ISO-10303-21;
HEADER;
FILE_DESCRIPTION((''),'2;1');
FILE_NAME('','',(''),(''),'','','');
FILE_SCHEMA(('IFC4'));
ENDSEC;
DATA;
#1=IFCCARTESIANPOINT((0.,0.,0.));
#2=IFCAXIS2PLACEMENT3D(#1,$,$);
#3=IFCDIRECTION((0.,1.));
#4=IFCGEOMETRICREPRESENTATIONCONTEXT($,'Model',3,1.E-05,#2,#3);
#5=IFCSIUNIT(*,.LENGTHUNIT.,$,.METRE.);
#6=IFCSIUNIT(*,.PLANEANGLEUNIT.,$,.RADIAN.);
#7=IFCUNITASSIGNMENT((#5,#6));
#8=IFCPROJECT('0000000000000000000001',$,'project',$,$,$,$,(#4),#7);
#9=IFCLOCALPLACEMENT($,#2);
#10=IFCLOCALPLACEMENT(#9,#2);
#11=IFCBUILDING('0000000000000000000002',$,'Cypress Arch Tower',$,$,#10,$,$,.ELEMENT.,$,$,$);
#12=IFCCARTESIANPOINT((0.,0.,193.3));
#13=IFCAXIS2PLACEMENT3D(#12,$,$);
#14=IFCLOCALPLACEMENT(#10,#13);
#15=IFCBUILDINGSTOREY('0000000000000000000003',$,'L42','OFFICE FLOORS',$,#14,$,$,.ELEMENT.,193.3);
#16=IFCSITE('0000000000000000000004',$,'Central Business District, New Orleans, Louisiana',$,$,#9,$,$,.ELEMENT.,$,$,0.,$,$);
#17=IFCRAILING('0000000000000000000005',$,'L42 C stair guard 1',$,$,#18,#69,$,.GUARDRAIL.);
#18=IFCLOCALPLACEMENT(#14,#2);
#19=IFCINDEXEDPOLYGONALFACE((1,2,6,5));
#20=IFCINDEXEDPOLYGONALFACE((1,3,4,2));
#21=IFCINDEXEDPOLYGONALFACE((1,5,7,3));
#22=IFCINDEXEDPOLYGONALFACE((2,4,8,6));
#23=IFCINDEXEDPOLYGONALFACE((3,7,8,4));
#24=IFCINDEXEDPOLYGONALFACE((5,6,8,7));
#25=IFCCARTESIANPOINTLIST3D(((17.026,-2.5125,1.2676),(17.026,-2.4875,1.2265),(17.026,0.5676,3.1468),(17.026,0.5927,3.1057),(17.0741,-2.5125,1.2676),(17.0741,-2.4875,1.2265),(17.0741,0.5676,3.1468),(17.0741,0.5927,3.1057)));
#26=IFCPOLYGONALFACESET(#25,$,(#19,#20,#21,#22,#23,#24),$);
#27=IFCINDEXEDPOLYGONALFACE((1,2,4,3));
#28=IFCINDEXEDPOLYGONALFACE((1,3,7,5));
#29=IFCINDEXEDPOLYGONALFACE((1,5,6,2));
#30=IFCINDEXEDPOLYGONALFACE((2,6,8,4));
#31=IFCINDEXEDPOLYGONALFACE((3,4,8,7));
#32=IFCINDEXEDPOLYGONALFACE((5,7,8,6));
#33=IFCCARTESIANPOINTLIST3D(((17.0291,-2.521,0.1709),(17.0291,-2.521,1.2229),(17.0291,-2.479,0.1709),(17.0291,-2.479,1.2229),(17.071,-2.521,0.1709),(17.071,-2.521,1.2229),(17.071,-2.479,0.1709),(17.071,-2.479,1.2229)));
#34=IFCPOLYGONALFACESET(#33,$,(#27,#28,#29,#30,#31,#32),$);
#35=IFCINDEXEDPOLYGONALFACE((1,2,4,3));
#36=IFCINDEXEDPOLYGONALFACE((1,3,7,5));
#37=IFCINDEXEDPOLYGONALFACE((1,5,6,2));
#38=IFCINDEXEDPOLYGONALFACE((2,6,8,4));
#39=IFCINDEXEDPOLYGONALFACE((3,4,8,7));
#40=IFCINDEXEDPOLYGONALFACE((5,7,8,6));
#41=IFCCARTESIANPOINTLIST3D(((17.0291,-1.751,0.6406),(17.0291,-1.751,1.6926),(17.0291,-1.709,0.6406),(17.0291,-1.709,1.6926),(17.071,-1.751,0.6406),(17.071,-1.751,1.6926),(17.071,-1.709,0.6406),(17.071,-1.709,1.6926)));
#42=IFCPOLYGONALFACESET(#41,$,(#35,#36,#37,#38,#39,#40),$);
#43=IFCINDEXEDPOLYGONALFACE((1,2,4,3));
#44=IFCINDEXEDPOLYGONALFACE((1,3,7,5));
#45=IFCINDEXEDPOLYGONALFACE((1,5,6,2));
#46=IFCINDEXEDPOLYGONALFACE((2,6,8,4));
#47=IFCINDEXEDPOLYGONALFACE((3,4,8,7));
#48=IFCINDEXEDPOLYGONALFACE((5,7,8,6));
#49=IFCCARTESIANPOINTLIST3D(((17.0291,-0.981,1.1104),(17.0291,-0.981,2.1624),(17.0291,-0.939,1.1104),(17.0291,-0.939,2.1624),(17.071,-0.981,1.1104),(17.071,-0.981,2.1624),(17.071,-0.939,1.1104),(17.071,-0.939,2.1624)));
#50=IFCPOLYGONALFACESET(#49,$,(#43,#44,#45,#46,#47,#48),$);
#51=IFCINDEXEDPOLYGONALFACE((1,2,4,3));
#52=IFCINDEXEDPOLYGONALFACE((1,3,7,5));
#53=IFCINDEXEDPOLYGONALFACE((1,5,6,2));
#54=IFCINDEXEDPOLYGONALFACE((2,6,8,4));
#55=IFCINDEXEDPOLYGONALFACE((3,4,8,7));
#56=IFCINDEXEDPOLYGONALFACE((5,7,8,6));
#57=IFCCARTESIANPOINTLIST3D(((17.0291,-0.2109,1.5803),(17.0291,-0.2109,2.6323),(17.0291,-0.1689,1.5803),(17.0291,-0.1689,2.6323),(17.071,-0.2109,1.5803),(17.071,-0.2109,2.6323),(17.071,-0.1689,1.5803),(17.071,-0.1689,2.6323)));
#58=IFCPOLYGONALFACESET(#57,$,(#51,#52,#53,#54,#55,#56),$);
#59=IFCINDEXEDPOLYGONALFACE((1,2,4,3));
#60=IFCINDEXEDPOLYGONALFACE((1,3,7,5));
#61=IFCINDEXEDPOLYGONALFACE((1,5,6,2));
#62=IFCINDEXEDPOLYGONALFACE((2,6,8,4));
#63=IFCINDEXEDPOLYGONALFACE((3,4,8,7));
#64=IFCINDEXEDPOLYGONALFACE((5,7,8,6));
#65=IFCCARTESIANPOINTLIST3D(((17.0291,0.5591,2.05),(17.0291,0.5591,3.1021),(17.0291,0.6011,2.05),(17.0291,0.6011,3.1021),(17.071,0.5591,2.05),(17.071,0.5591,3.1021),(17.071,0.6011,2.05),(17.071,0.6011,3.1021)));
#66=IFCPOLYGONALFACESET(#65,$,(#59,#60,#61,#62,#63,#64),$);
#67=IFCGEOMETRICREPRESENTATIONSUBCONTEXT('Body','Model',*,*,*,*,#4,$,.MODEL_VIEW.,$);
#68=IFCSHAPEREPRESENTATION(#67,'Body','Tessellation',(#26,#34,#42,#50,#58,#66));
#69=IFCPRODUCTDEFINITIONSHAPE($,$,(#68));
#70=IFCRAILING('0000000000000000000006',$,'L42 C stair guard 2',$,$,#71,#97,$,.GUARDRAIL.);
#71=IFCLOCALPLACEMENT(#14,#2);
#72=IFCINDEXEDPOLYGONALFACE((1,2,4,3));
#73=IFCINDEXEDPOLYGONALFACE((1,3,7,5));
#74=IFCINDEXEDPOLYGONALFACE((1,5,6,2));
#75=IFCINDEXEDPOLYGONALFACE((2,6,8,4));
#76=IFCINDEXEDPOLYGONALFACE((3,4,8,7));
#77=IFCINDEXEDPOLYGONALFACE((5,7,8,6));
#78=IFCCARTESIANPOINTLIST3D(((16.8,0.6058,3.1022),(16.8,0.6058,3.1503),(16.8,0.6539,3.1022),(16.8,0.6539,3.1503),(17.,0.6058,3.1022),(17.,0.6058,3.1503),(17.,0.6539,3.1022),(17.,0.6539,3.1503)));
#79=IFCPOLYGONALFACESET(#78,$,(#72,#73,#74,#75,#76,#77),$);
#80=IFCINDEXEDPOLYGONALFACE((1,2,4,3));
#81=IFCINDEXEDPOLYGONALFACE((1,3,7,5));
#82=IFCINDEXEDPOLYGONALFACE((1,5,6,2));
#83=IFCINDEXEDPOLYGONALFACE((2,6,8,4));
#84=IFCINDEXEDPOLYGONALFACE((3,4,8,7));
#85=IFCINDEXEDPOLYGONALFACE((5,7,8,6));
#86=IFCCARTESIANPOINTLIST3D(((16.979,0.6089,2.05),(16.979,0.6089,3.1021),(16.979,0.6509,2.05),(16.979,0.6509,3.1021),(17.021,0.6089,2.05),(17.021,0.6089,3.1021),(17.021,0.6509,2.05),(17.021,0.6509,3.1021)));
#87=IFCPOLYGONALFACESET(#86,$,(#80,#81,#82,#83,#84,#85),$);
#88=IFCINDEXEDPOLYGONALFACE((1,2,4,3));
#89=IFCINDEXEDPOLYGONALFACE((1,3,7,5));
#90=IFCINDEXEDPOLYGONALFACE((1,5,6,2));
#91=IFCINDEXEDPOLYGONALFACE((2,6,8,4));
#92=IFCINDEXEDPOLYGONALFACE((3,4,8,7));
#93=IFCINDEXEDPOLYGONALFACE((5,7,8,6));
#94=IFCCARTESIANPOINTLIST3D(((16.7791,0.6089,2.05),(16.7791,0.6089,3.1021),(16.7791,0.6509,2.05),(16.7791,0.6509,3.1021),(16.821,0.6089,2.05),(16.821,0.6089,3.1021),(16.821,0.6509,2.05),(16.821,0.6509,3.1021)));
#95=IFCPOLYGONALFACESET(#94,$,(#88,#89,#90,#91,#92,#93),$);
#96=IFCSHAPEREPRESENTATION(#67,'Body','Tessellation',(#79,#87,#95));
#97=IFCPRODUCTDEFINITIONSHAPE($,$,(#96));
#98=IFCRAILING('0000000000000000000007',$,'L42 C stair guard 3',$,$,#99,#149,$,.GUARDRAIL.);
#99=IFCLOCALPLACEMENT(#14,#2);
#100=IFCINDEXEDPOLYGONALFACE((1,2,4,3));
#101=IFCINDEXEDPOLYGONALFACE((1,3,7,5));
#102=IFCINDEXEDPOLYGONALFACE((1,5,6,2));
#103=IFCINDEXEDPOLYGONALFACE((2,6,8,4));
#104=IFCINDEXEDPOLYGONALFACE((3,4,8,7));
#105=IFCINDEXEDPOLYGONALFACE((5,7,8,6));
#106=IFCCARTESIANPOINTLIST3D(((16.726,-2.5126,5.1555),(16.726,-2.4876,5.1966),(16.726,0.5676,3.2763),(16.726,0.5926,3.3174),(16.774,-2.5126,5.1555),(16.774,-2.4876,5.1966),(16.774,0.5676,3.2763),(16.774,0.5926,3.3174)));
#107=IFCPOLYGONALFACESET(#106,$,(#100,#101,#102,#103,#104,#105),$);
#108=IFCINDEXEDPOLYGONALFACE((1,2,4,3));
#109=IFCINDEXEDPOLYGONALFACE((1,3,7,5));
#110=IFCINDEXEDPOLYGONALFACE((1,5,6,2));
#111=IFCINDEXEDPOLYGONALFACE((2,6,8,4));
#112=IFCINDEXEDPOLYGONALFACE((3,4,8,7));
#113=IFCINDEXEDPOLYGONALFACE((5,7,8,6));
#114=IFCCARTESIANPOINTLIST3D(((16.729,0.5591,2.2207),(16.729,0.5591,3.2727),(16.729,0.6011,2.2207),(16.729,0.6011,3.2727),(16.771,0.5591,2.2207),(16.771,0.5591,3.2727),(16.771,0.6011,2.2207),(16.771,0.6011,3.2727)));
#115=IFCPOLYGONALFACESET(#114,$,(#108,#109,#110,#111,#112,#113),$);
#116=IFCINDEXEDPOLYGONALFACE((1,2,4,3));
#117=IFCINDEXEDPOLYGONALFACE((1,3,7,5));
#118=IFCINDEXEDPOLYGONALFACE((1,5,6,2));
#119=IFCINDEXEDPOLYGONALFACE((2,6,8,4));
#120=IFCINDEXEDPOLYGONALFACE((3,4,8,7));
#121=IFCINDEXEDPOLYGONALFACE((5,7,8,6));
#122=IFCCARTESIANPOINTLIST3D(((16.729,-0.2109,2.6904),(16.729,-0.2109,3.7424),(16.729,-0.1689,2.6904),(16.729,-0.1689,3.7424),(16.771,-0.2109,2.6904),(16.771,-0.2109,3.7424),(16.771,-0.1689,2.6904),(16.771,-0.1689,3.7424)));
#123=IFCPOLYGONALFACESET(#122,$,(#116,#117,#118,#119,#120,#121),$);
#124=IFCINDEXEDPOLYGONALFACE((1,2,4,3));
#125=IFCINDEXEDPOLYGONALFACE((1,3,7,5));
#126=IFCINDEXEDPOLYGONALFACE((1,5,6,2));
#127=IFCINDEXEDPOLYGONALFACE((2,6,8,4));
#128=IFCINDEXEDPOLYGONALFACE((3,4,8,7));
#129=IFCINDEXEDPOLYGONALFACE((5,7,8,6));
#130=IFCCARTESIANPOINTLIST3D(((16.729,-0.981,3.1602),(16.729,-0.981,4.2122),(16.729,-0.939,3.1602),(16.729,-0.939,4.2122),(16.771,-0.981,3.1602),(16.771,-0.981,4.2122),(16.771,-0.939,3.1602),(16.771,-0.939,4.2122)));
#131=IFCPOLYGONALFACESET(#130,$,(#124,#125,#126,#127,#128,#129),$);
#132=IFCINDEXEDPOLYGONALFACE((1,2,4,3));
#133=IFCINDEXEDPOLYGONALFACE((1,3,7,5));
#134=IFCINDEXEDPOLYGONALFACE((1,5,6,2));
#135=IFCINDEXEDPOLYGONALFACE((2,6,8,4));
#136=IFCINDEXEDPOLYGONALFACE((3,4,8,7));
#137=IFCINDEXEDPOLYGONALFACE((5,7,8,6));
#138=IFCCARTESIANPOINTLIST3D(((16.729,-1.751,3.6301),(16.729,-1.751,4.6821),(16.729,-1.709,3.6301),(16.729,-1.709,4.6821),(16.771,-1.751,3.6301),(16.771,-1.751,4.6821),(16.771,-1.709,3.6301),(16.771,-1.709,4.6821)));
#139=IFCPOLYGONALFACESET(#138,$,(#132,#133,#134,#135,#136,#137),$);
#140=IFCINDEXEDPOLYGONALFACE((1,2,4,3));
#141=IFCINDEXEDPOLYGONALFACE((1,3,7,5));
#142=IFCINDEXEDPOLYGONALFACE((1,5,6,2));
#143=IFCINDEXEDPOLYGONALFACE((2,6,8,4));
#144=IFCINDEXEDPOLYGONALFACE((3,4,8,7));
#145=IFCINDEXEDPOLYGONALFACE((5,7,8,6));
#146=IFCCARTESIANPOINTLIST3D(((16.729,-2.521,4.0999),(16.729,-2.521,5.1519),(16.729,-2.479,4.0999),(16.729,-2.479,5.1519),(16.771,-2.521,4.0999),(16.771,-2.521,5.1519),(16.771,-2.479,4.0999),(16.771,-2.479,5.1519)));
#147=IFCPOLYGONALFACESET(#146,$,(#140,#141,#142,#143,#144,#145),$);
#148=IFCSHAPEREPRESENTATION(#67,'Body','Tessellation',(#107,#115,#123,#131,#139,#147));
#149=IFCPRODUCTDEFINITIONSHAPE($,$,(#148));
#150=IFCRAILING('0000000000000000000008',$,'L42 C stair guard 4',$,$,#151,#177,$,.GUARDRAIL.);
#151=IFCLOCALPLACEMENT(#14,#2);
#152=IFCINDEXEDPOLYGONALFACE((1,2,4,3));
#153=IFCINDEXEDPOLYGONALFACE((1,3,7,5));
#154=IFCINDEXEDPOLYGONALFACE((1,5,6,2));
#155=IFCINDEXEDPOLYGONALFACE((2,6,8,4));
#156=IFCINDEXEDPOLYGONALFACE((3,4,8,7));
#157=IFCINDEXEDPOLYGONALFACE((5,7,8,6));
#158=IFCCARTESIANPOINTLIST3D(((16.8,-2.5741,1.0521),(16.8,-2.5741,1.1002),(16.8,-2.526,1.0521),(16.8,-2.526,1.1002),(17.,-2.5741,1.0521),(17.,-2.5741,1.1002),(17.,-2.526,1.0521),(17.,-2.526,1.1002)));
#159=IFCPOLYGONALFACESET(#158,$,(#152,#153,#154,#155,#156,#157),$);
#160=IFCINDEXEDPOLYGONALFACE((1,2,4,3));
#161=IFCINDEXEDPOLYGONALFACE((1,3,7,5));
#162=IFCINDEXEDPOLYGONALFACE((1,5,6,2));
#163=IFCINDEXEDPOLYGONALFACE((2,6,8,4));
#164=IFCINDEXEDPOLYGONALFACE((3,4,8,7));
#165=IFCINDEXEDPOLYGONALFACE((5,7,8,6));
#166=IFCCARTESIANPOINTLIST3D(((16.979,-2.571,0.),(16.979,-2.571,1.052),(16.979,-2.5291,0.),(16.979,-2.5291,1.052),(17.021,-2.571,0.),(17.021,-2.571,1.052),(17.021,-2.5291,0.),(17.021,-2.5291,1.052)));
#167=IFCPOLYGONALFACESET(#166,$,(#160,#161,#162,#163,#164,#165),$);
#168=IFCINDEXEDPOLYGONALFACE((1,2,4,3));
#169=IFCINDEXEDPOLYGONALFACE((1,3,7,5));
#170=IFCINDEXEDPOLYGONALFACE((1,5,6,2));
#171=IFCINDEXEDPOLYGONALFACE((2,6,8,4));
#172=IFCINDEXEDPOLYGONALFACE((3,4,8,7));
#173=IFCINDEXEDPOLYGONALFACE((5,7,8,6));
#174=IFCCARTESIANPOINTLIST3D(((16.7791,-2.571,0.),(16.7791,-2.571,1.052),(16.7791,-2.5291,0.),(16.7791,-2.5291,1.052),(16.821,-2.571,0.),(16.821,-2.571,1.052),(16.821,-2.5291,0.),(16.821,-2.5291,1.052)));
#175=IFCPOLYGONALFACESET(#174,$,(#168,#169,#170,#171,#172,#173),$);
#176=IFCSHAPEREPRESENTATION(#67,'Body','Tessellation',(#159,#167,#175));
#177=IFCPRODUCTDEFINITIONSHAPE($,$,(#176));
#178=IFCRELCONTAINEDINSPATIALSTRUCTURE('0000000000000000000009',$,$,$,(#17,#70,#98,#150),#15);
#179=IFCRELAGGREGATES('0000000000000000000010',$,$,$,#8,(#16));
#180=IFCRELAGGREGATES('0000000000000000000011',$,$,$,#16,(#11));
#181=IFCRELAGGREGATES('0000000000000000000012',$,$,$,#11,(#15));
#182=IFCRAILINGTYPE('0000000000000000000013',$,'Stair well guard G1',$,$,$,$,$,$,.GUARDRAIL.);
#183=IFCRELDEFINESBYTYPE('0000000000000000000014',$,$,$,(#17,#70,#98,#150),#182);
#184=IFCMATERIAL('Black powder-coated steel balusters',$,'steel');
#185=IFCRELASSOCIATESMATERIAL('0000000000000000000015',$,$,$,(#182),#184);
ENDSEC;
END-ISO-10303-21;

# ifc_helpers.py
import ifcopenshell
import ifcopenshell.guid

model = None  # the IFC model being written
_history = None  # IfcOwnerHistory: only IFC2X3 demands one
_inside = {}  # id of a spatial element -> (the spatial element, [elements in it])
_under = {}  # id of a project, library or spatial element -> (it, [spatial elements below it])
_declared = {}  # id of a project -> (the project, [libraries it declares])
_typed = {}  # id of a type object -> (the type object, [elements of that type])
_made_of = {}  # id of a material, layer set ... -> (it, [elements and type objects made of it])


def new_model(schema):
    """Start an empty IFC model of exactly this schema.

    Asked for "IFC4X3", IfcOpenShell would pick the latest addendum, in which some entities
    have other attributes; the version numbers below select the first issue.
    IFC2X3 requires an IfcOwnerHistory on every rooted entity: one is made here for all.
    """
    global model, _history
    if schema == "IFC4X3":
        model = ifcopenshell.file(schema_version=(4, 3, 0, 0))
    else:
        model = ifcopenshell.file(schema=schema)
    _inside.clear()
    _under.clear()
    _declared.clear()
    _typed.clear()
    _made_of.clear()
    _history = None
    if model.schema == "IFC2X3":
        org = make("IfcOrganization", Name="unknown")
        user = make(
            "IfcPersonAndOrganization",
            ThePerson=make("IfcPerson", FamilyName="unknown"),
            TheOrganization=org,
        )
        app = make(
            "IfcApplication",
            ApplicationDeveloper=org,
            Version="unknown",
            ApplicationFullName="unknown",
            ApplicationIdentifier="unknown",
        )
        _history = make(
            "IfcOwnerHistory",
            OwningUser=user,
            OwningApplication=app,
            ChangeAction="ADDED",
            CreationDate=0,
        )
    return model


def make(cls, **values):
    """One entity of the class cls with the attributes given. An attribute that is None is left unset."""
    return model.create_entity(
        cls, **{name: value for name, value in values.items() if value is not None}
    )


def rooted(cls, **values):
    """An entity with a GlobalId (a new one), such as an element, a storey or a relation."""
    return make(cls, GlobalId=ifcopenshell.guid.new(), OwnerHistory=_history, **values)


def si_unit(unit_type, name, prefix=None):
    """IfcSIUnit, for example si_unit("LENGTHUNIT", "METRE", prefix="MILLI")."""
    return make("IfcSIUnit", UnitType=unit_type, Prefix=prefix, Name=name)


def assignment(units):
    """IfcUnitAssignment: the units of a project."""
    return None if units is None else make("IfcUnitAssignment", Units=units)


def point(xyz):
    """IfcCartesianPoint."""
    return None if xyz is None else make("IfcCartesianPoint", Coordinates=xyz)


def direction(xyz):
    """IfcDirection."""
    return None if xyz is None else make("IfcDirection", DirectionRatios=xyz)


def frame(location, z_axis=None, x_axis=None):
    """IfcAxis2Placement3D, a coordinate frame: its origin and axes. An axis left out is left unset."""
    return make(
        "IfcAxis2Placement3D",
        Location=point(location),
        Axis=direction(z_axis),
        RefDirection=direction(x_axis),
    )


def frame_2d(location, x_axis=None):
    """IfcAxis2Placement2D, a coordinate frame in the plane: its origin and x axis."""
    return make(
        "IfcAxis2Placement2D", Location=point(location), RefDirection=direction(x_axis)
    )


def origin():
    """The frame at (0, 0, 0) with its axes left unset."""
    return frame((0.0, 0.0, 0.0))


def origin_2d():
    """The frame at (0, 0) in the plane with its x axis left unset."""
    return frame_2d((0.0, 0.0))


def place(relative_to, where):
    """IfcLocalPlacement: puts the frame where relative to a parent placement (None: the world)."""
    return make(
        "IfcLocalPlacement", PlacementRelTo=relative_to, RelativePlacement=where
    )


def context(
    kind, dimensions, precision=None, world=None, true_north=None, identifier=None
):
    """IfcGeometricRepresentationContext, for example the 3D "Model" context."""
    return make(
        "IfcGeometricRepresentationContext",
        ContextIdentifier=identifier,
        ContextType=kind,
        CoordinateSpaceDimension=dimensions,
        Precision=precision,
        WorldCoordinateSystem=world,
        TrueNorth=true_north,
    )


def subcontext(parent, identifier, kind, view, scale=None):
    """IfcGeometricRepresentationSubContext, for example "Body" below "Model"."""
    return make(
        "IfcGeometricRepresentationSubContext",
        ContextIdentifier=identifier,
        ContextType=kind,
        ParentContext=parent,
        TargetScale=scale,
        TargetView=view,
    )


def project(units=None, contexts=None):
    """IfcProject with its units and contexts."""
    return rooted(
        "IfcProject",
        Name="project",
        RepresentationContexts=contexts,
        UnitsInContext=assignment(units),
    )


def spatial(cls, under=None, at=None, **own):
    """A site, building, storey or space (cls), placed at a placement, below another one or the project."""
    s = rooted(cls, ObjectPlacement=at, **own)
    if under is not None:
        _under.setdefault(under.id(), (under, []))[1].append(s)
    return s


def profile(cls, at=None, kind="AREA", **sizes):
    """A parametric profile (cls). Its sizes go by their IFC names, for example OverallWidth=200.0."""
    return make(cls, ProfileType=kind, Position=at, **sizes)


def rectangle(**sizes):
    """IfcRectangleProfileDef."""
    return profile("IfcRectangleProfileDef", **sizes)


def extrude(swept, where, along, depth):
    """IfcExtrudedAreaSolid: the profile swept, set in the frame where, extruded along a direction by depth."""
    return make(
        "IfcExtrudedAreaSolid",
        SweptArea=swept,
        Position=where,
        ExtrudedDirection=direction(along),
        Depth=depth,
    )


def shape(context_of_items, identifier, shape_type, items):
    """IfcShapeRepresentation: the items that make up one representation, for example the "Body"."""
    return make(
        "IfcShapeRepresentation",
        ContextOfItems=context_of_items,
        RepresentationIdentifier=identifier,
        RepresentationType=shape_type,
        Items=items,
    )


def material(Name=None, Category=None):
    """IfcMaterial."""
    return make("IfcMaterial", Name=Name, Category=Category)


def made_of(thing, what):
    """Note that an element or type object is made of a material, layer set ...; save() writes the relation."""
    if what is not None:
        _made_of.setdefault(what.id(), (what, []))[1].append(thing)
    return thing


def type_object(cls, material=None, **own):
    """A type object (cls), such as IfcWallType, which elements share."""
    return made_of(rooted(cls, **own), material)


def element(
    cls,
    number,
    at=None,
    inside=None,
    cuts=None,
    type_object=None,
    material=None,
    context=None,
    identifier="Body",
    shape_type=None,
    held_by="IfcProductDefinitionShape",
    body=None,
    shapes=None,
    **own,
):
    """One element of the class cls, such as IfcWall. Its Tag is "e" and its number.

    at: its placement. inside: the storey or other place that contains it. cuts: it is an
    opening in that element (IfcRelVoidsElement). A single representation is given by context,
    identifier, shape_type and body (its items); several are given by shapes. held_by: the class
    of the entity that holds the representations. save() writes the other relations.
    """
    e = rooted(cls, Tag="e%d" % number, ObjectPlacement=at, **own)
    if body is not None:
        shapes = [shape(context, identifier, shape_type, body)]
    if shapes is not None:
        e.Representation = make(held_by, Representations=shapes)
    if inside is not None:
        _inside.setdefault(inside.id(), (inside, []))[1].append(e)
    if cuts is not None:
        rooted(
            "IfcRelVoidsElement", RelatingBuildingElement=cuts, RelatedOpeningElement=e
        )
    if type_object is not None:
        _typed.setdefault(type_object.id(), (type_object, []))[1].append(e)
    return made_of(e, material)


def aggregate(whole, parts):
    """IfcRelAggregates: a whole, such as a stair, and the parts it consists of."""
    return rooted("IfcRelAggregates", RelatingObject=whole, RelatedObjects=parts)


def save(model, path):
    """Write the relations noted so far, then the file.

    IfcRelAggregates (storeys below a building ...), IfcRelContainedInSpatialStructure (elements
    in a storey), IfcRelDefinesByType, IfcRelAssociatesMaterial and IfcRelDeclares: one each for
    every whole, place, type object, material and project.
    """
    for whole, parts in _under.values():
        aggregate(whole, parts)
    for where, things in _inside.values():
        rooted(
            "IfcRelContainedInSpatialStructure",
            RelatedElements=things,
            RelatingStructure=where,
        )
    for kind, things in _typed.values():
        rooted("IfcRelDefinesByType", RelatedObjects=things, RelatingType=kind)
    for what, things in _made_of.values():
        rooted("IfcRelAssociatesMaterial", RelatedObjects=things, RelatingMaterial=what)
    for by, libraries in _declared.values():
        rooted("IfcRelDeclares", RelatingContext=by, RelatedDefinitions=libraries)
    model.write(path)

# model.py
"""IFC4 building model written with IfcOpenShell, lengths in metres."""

from ifc_helpers import new_model, si_unit, direction, frame, origin, origin_2d, place, context, subcontext, project, spatial, rectangle, extrude, material, type_object, element, save


model = new_model("IFC4")

# Units and contexts
model_context = context("Model", 3, precision=1e-05, world=origin(), true_north=direction((0.0, 1.0)))
body_context = subcontext(model_context, "Body", "Model", "MODEL_VIEW")
ifc_project = project(units=[si_unit("LENGTHUNIT", "METRE"), si_unit("PLANEANGLEUNIT", "RADIAN")], contexts=[model_context])

# Site, building, storey
site_placement = place(None, origin())
site = spatial("IfcSite", under=ifc_project, at=site_placement, Name="Central Business District, New Orleans, Louisiana", CompositionType="ELEMENT", RefElevation=0.0)
building_placement = place(site_placement, origin())
building = spatial("IfcBuilding", under=site, at=building_placement, Name="Cypress Arch Tower", CompositionType="ELEMENT")
storey_placement = place(building_placement, frame((0.0, 0.0, 193.3)))
storey = spatial("IfcBuildingStorey", under=building, at=storey_placement, Name="L42", Description="OFFICE FLOORS", CompositionType="ELEMENT", Elevation=193.3)

# Railings
ifc_material_1 = material(Name="Black powder-coated steel balusters", Category="steel")
railing_type_1 = type_object("IfcRailingType", Name="Stair well guard G1", PredefinedType="GUARDRAIL", material=ifc_material_1)
railing_1_placement = place(storey_placement, frame((17.05, -2.5, 0.1709)))
element("IfcRailing", 1, at=railing_1_placement, inside=storey, type_object=railing_type_1, Name="L42 C stair guard 1", PredefinedType="GUARDRAIL", context=body_context, shape_type="SweptSolid", body=[
    extrude(rectangle(XDim=0.0481, YDim=0.0481, at=origin_2d()), frame((0.0, 0.0, 1.0762), z_axis=(0.0, 0.853666, 0.52082), x_axis=(-1.0, 0.0, 0.0)), (0.0, 0.0, 1.0), 3.6082),
    extrude(rectangle(XDim=0.042, YDim=0.042, at=origin_2d()), origin(), (0.0, 0.0, 1.0), 1.052),
    extrude(rectangle(XDim=0.042, YDim=0.042, at=origin_2d()), frame((0.0, 0.77, 0.4697)), (0.0, 0.0, 1.0), 1.052),
    extrude(rectangle(XDim=0.042, YDim=0.042, at=origin_2d()), frame((0.0, 1.54, 0.9395)), (0.0, 0.0, 1.0), 1.052),
    extrude(rectangle(XDim=0.042, YDim=0.042, at=origin_2d()), frame((0.0, 2.3101, 1.4094)), (0.0, 0.0, 1.0), 1.052),
    extrude(rectangle(XDim=0.042, YDim=0.042, at=origin_2d()), frame((0.0, 3.0801, 1.8792)), (0.0, 0.0, 1.0), 1.052),
])
railing_2_placement = place(storey_placement, frame((17.0, 0.6299, 2.05)))
element("IfcRailing", 2, at=railing_2_placement, inside=storey, type_object=railing_type_1, Name="L42 C stair guard 2", PredefinedType="GUARDRAIL", context=body_context, shape_type="SweptSolid", body=[
    extrude(rectangle(XDim=0.0481, YDim=0.0481, at=origin_2d()), frame((0.0, 0.0, 1.0762), z_axis=(-1.0, 0.0, 0.0), x_axis=(0.0, -1.0, 0.0)), (0.0, 0.0, 1.0), 0.2),
    extrude(rectangle(XDim=0.042, YDim=0.042, at=origin_2d()), origin(), (0.0, 0.0, 1.0), 1.052),
    extrude(rectangle(XDim=0.042, YDim=0.042, at=origin_2d()), frame((-0.2, 0.0, 0.0)), (0.0, 0.0, 1.0), 1.052),
])
railing_3_placement = place(storey_placement, frame((16.75, 0.5801, 2.2207)))
element("IfcRailing", 3, at=railing_3_placement, inside=storey, type_object=railing_type_1, Name="L42 C stair guard 3", PredefinedType="GUARDRAIL", context=body_context, shape_type="SweptSolid", body=[
    extrude(rectangle(XDim=0.0481, YDim=0.0481, at=origin_2d()), frame((0.0, 0.0, 1.0762), z_axis=(0.0, -0.853666, 0.52082), x_axis=(1.0, 0.0, 0.0)), (0.0, 0.0, 1.0), 3.6082),
    extrude(rectangle(XDim=0.042, YDim=0.042, at=origin_2d()), origin(), (0.0, 0.0, 1.0), 1.052),
    extrude(rectangle(XDim=0.042, YDim=0.042, at=origin_2d()), frame((0.0, -0.77, 0.4697)), (0.0, 0.0, 1.0), 1.052),
    extrude(rectangle(XDim=0.042, YDim=0.042, at=origin_2d()), frame((0.0, -1.54, 0.9395)), (0.0, 0.0, 1.0), 1.052),
    extrude(rectangle(XDim=0.042, YDim=0.042, at=origin_2d()), frame((0.0, -2.3101, 1.4094)), (0.0, 0.0, 1.0), 1.052),
    extrude(rectangle(XDim=0.042, YDim=0.042, at=origin_2d()), frame((0.0, -3.0801, 1.8792)), (0.0, 0.0, 1.0), 1.052),
])
railing_4_placement = place(storey_placement, frame((17.0, -2.55, 0.0)))
element("IfcRailing", 4, at=railing_4_placement, inside=storey, type_object=railing_type_1, Name="L42 C stair guard 4", PredefinedType="GUARDRAIL", context=body_context, shape_type="SweptSolid", body=[
    extrude(rectangle(XDim=0.0481, YDim=0.0481, at=origin_2d()), frame((0.0, 0.0, 1.0762), z_axis=(-1.0, 0.0, 0.0), x_axis=(0.0, -1.0, 0.0)), (0.0, 0.0, 1.0), 0.2),
    extrude(rectangle(XDim=0.042, YDim=0.042, at=origin_2d()), origin(), (0.0, 0.0, 1.0), 1.052),
    extrude(rectangle(XDim=0.042, YDim=0.042, at=origin_2d()), frame((-0.2, 0.0, 0.0)), (0.0, 0.0, 1.0), 1.052),
])

save(model, "model.ifc")
